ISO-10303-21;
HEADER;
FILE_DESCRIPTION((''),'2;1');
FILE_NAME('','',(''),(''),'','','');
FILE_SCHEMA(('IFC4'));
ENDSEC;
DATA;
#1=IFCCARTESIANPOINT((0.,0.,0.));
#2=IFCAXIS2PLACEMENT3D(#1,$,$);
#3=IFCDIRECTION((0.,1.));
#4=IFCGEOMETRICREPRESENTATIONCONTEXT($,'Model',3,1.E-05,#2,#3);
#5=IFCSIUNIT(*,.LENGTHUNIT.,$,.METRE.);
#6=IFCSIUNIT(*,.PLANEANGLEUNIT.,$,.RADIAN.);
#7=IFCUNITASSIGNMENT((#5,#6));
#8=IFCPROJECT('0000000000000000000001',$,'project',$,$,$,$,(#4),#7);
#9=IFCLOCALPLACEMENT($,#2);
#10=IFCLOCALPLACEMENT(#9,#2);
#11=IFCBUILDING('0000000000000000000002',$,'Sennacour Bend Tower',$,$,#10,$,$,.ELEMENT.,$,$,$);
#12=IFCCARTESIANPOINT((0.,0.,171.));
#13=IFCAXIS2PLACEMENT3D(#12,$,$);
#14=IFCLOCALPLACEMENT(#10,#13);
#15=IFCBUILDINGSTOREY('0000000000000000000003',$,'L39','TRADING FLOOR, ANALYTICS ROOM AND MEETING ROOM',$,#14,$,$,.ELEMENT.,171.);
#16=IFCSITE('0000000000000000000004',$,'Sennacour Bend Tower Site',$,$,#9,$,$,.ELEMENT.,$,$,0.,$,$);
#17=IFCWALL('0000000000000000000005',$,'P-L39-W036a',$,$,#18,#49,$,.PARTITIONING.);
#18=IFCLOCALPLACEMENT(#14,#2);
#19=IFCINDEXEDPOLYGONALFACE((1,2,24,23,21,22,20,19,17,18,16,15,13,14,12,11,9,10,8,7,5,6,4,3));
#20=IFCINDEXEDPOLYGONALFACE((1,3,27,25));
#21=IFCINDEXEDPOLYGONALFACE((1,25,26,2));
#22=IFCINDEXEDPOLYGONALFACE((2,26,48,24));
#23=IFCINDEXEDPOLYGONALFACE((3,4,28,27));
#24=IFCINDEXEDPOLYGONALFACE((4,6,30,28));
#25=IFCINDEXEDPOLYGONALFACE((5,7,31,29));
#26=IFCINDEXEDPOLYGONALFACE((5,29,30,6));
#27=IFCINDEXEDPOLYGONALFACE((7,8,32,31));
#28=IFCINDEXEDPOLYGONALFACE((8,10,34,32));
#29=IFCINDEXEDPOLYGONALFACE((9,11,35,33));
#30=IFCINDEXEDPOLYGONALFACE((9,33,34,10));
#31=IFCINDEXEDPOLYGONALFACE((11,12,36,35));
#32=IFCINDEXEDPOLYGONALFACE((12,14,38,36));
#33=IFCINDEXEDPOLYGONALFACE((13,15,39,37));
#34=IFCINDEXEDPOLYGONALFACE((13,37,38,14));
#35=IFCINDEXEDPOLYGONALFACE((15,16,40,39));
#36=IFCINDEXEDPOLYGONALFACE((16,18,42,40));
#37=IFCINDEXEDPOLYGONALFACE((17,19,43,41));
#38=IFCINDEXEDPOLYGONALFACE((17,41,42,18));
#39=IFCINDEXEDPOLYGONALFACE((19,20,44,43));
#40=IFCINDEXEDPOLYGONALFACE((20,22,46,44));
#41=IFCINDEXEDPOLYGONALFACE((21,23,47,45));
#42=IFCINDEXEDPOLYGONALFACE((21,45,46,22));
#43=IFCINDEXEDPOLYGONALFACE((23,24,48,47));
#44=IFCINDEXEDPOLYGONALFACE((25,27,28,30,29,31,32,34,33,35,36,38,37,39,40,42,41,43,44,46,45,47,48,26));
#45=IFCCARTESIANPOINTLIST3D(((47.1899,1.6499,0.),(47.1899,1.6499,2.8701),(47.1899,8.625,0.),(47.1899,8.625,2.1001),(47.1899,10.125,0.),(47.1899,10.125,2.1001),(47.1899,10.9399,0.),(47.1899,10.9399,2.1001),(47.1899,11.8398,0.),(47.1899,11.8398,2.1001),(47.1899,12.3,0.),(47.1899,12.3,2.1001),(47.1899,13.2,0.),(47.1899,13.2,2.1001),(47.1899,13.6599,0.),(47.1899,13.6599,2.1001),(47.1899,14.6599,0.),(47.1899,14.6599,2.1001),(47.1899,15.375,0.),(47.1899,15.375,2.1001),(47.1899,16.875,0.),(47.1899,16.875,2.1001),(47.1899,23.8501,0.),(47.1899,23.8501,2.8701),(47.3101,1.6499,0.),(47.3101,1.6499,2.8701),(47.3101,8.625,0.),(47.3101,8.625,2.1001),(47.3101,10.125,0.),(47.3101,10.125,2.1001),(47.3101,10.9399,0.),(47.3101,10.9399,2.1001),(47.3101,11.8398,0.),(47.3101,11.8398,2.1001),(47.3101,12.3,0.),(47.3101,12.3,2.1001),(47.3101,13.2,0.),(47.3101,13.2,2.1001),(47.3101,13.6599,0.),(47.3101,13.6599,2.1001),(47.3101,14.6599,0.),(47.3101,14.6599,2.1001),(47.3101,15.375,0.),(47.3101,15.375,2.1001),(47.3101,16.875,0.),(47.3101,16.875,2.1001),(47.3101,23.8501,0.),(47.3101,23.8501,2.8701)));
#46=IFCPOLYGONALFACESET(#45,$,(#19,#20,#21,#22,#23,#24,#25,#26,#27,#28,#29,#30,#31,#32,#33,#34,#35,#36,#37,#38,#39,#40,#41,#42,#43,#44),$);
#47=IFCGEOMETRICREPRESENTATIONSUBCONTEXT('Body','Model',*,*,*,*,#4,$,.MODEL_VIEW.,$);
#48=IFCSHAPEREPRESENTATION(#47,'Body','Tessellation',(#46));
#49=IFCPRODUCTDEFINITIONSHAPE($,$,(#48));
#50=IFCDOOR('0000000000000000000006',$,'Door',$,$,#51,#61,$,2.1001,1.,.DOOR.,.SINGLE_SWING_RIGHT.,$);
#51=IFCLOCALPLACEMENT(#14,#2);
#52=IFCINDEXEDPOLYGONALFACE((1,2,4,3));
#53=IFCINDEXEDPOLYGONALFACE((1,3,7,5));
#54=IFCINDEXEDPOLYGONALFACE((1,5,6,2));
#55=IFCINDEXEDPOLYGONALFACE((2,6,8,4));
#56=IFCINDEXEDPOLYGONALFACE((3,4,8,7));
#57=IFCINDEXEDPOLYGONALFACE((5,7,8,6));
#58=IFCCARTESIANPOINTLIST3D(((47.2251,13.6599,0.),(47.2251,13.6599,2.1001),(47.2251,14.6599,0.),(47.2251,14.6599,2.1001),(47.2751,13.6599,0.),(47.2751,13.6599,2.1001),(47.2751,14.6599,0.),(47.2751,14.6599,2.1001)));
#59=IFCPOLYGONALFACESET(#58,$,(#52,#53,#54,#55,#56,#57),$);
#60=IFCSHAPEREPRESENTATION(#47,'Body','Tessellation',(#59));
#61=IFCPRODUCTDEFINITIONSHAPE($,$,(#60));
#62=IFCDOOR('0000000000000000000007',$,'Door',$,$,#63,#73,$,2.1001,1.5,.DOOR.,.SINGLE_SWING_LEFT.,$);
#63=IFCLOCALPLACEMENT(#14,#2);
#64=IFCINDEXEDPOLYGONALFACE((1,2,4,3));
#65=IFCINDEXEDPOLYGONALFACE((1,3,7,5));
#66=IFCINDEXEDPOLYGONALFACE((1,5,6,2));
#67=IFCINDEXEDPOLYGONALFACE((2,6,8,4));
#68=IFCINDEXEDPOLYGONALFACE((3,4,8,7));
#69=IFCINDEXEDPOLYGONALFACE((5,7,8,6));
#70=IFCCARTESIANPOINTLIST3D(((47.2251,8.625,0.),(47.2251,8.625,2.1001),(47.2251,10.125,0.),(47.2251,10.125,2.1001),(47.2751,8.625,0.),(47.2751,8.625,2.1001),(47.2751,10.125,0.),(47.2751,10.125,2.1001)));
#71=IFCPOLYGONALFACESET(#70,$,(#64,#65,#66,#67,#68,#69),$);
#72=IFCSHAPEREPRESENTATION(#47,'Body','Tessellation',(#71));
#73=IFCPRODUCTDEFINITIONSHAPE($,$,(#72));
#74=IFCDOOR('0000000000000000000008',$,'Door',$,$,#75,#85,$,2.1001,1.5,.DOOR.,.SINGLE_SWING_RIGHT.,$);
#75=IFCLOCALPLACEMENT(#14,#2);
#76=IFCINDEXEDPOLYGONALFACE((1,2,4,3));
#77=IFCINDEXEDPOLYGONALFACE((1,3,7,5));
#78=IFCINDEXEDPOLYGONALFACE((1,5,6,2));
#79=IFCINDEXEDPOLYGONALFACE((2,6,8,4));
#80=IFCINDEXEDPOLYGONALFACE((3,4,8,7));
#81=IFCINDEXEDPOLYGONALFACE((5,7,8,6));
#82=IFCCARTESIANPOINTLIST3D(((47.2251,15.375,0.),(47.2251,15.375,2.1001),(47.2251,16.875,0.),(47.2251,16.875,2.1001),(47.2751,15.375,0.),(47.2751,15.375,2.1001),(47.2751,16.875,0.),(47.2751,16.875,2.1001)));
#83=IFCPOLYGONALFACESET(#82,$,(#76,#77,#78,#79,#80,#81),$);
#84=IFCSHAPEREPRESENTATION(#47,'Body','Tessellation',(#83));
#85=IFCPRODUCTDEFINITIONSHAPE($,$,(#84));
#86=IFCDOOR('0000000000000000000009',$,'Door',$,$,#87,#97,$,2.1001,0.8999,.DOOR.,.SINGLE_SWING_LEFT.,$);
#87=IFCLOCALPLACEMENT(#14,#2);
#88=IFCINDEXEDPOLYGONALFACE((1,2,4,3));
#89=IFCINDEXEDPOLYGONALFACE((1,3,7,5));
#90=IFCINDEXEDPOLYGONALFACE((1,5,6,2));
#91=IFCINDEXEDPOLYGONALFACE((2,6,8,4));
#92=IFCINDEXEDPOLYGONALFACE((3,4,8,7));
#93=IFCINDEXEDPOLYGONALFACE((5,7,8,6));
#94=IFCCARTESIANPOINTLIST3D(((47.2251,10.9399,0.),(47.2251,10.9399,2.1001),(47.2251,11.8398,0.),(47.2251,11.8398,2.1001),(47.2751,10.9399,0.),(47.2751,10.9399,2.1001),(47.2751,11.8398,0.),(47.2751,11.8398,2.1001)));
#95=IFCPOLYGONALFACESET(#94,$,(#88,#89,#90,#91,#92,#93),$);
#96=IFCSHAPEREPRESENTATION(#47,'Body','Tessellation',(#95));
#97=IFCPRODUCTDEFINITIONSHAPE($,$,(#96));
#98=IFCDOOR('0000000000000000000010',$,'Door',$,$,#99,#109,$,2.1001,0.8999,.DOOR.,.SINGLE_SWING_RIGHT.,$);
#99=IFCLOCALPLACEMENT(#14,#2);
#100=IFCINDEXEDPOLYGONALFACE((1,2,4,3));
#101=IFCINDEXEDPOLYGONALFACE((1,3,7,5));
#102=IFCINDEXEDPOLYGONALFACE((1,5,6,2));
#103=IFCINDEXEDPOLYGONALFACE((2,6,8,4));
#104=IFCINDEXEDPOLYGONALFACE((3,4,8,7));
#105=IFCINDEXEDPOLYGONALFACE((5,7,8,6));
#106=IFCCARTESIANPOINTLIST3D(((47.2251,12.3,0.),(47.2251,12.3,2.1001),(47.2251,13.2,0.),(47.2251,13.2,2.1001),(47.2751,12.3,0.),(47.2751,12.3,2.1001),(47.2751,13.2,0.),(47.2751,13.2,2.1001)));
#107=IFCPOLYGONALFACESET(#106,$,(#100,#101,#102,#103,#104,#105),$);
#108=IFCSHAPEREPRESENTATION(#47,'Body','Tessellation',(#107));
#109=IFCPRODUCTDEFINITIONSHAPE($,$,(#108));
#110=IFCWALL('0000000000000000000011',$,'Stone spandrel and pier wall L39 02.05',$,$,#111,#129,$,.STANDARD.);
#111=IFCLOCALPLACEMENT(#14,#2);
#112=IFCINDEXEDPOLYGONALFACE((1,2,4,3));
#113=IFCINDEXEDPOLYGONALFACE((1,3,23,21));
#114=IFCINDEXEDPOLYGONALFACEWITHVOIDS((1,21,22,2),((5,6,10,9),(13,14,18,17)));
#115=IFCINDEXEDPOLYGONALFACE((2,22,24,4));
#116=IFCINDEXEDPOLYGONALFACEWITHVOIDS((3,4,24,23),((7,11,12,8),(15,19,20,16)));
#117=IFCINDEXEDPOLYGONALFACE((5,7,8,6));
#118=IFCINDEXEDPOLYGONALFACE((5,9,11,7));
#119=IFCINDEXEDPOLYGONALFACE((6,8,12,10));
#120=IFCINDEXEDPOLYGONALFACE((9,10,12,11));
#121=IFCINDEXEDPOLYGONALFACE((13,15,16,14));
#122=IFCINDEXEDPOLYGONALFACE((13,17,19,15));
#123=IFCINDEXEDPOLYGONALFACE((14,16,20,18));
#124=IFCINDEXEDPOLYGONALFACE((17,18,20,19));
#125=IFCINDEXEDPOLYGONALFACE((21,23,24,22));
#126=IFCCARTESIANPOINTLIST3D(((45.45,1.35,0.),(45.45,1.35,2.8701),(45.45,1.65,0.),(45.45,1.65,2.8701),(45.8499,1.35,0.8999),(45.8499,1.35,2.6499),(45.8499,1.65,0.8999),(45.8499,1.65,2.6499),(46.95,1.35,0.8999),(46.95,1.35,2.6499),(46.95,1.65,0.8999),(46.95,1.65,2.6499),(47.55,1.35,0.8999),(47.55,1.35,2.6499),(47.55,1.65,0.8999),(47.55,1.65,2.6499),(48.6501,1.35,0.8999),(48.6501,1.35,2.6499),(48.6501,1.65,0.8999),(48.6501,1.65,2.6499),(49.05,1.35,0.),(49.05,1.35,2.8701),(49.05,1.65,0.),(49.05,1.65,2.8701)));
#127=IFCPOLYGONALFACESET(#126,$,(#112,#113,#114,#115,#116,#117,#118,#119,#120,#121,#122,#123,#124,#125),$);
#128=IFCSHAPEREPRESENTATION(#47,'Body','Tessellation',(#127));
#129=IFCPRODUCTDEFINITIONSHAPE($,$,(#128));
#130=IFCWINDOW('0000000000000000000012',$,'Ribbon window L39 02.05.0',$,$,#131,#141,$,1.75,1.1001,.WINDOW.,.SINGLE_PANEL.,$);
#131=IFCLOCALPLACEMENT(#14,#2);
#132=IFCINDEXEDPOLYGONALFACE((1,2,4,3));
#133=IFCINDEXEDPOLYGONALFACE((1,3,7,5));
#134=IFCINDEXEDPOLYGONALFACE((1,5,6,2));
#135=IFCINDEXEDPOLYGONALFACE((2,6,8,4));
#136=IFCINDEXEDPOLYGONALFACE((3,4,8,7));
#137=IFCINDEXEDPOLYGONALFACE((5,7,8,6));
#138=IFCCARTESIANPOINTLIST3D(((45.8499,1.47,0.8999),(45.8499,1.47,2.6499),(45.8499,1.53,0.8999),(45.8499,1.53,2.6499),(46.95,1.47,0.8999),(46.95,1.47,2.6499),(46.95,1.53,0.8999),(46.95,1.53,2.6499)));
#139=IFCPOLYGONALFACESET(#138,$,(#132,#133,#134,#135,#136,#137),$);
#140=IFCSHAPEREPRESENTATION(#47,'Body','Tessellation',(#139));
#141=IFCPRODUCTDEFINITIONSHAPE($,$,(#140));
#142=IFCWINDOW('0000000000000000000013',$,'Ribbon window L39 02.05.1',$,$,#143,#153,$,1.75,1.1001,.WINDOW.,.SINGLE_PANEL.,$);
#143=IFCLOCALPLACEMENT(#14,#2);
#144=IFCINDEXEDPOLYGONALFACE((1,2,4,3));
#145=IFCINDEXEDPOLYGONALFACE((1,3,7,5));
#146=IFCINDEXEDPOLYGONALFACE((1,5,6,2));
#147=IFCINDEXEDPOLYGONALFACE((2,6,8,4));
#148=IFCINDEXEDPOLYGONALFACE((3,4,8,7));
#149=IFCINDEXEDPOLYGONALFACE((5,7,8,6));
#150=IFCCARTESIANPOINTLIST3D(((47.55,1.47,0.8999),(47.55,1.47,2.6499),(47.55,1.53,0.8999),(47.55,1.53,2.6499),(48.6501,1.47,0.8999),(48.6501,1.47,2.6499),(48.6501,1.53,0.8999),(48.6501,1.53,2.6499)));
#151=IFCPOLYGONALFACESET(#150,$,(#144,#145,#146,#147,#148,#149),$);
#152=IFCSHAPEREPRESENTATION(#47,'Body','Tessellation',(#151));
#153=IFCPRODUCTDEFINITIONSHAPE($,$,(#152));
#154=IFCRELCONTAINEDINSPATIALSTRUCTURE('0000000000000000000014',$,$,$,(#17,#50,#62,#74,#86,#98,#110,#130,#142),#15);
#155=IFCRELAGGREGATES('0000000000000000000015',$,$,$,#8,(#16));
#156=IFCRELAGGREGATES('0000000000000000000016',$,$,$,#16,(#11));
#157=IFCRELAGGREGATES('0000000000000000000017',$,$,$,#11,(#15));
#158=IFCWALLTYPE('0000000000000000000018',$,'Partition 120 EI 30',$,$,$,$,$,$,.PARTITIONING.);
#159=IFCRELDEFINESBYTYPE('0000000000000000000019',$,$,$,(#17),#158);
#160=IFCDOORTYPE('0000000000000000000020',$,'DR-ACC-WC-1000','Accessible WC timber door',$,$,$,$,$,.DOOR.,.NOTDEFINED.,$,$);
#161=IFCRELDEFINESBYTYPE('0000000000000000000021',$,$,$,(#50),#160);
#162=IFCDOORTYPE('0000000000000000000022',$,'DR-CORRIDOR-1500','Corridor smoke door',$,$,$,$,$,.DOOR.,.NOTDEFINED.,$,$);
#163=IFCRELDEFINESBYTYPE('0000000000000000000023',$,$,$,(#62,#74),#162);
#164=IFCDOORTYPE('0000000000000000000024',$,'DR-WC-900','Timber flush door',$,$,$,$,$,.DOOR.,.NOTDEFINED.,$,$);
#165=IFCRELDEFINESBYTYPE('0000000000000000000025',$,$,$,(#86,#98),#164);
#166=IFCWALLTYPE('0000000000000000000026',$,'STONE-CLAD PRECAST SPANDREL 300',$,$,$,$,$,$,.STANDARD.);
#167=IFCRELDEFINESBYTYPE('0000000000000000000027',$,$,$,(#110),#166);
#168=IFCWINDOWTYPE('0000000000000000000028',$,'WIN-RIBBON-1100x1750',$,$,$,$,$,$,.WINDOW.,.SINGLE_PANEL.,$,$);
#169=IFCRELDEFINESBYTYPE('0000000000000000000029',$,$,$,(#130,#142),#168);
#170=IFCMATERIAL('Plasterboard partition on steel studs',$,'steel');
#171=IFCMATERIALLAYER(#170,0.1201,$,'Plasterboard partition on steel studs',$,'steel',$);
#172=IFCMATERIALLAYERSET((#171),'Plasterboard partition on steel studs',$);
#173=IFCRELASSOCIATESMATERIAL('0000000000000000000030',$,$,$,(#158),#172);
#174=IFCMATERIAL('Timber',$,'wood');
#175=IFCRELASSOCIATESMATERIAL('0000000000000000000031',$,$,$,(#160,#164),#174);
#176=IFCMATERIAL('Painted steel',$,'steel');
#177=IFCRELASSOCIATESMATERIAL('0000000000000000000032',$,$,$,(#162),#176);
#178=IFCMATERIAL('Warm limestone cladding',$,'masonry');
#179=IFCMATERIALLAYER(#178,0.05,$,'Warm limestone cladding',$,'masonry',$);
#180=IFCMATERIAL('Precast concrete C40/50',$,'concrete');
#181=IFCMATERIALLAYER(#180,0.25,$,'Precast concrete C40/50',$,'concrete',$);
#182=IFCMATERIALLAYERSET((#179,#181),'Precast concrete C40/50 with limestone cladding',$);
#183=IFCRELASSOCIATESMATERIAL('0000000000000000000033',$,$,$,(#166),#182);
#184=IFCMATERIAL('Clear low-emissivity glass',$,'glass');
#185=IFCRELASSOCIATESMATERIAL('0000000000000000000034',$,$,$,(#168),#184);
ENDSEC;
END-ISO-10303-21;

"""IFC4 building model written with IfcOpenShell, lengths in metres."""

from ifc_helpers import new_model, si_unit, direction, frame, frame_2d, origin, place, context, subcontext, project, spatial, rectangle, extrude, material, layer, layer_set, type_object, element, fill, save


model = new_model("IFC4")

# Units and contexts
model_context = context("Model", 3, precision=1e-05, world=origin(), true_north=direction((0.0, 1.0)))
body_context = subcontext(model_context, "Body", "Model", "MODEL_VIEW")
ifc_project = project(units=[si_unit("LENGTHUNIT", "METRE"), si_unit("PLANEANGLEUNIT", "RADIAN")], contexts=[model_context])

# Site, building, storey
site_placement = place(None, origin())
site = spatial("IfcSite", under=ifc_project, at=site_placement, Name="Sennacour Bend Tower Site", CompositionType="ELEMENT", RefElevation=0.0)
building_placement = place(site_placement, origin())
building = spatial("IfcBuilding", under=site, at=building_placement, Name="Sennacour Bend Tower", CompositionType="ELEMENT")
storey_placement = place(building_placement, frame((0.0, 0.0, 171.0)))
storey = spatial("IfcBuildingStorey", under=building, at=storey_placement, Name="L39", Description="TRADING FLOOR, ANALYTICS ROOM AND MEETING ROOM", CompositionType="ELEMENT", Elevation=171.0)

# Shared definitions
ifc_material_1 = material(Name="Plasterboard partition on steel studs", Category="steel")

# Wall, openings, doors
ifc_layer_1 = layer(ifc_material_1, 0.1201, Name="Plasterboard partition on steel studs", Category="steel")
ifc_layer_set_1 = layer_set([ifc_layer_1], Name="Plasterboard partition on steel studs")
wall_type_1 = type_object("IfcWallType", Name="Partition 120 EI 30", PredefinedType="PARTITIONING", material=ifc_layer_set_1)
wall_1_placement = place(storey_placement, frame((47.25, 1.6499, 0.0), z_axis=(0.0, 0.0, 1.0), x_axis=(0.0, 1.0, 0.0)))
wall_1 = element("IfcWall", 1, at=wall_1_placement, inside=storey, type_object=wall_type_1, Name="P-L39-W036a", PredefinedType="PARTITIONING", context=body_context, shape_type="SweptSolid", body=[
    extrude(rectangle(XDim=22.2002, YDim=0.1201, at=frame_2d((11.1001, 0.0))), origin(), (0.0, 0.0, 1.0), 2.8701),
])
opening_1_placement = place(wall_1_placement, frame((6.9751, 0.0, 0.0)))
opening_1 = element("IfcOpeningElement", 2, at=opening_1_placement, cuts=wall_1, PredefinedType="OPENING", context=body_context, shape_type="SweptSolid", body=[
    extrude(rectangle(XDim=1.5, YDim=2.1001, at=frame_2d((0.75, 1.05))), frame((0.0, 0.0701, 0.0), z_axis=(0.0, -1.0, 0.0), x_axis=(1.0, 0.0, 0.0)), (0.0, 0.0, 1.0), 0.1401),
])
opening_2_placement = place(wall_1_placement, frame((13.7251, 0.0, 0.0)))
opening_2 = element("IfcOpeningElement", 3, at=opening_2_placement, cuts=wall_1, PredefinedType="OPENING", context=body_context, shape_type="SweptSolid", body=[
    extrude(rectangle(XDim=1.5, YDim=2.1001, at=frame_2d((0.75, 1.05))), frame((0.0, 0.0701, 0.0), z_axis=(0.0, -1.0, 0.0), x_axis=(1.0, 0.0, 0.0)), (0.0, 0.0, 1.0), 0.1401),
])
opening_3_placement = place(wall_1_placement, frame((9.29, 0.0, 0.0)))
opening_3 = element("IfcOpeningElement", 4, at=opening_3_placement, cuts=wall_1, PredefinedType="OPENING", context=body_context, shape_type="SweptSolid", body=[
    extrude(rectangle(XDim=0.8999, YDim=2.1001, at=frame_2d((0.45, 1.05))), frame((0.0, 0.0701, 0.0), z_axis=(0.0, -1.0, 0.0), x_axis=(1.0, 0.0, 0.0)), (0.0, 0.0, 1.0), 0.1401),
])
opening_4_placement = place(wall_1_placement, frame((10.6501, 0.0, 0.0)))
opening_4 = element("IfcOpeningElement", 5, at=opening_4_placement, cuts=wall_1, PredefinedType="OPENING", context=body_context, shape_type="SweptSolid", body=[
    extrude(rectangle(XDim=0.8999, YDim=2.1001, at=frame_2d((0.45, 1.05))), frame((0.0, 0.0701, 0.0), z_axis=(0.0, -1.0, 0.0), x_axis=(1.0, 0.0, 0.0)), (0.0, 0.0, 1.0), 0.1401),
])
opening_5_placement = place(wall_1_placement, frame((12.01, 0.0, 0.0)))
opening_5 = element("IfcOpeningElement", 6, at=opening_5_placement, cuts=wall_1, PredefinedType="OPENING", context=body_context, shape_type="SweptSolid", body=[
    extrude(rectangle(XDim=1.0, YDim=2.1001, at=frame_2d((0.5, 1.05))), frame((0.0, 0.0701, 0.0), z_axis=(0.0, -1.0, 0.0), x_axis=(1.0, 0.0, 0.0)), (0.0, 0.0, 1.0), 0.1401),
])
ifc_material_2 = material(Name="Timber", Category="wood")
door_type_1 = type_object("IfcDoorType", Name="DR-ACC-WC-1000", Description="Accessible WC timber door", OperationType="NOTDEFINED", PredefinedType="DOOR", material=ifc_material_2)
door_1_placement = place(opening_5_placement, origin())
door_1 = element("IfcDoor", 7, at=door_1_placement, inside=storey, type_object=door_type_1, Name="Door", OperationType="SINGLE_SWING_RIGHT", OverallHeight=2.1001, OverallWidth=1.0, PredefinedType="DOOR", context=body_context, shape_type="SweptSolid", body=[
    extrude(rectangle(XDim=1.0, YDim=2.1001, at=frame_2d((0.5, 1.05))), frame((0.0, 0.0249, 0.0), z_axis=(0.0, -1.0, 0.0), x_axis=(1.0, 0.0, 0.0)), (0.0, 0.0, 1.0), 0.05),
])
fill(opening_5, door_1)
ifc_material_3 = material(Name="Painted steel", Category="steel")
door_type_2 = type_object("IfcDoorType", Name="DR-CORRIDOR-1500", Description="Corridor smoke door", OperationType="NOTDEFINED", PredefinedType="DOOR", material=ifc_material_3)
door_2_placement = place(opening_1_placement, origin())
door_2 = element("IfcDoor", 8, at=door_2_placement, inside=storey, type_object=door_type_2, Name="Door", OperationType="SINGLE_SWING_LEFT", OverallHeight=2.1001, OverallWidth=1.5, PredefinedType="DOOR", context=body_context, shape_type="SweptSolid", body=[
    extrude(rectangle(XDim=1.5, YDim=2.1001, at=frame_2d((0.75, 1.05))), frame((0.0, 0.0249, 0.0), z_axis=(0.0, -1.0, 0.0), x_axis=(1.0, 0.0, 0.0)), (0.0, 0.0, 1.0), 0.05),
])
fill(opening_1, door_2)
door_3_placement = place(opening_2_placement, origin())
door_3 = element("IfcDoor", 9, at=door_3_placement, inside=storey, type_object=door_type_2, Name="Door", OperationType="SINGLE_SWING_RIGHT", OverallHeight=2.1001, OverallWidth=1.5, PredefinedType="DOOR", context=body_context, shape_type="SweptSolid", body=[
    extrude(rectangle(XDim=1.5, YDim=2.1001, at=frame_2d((0.75, 1.05))), frame((0.0, 0.0249, 0.0), z_axis=(0.0, -1.0, 0.0), x_axis=(1.0, 0.0, 0.0)), (0.0, 0.0, 1.0), 0.05),
])
fill(opening_2, door_3)
door_type_3 = type_object("IfcDoorType", Name="DR-WC-900", Description="Timber flush door", OperationType="NOTDEFINED", PredefinedType="DOOR", material=ifc_material_2)
door_4_placement = place(opening_3_placement, origin())
door_4 = element("IfcDoor", 10, at=door_4_placement, inside=storey, type_object=door_type_3, Name="Door", OperationType="SINGLE_SWING_LEFT", OverallHeight=2.1001, OverallWidth=0.8999, PredefinedType="DOOR", context=body_context, shape_type="SweptSolid", body=[
    extrude(rectangle(XDim=0.8999, YDim=2.1001, at=frame_2d((0.45, 1.05))), frame((0.0, 0.0249, 0.0), z_axis=(0.0, -1.0, 0.0), x_axis=(1.0, 0.0, 0.0)), (0.0, 0.0, 1.0), 0.05),
])
fill(opening_3, door_4)
door_5_placement = place(opening_4_placement, origin())
door_5 = element("IfcDoor", 11, at=door_5_placement, inside=storey, type_object=door_type_3, Name="Door", OperationType="SINGLE_SWING_RIGHT", OverallHeight=2.1001, OverallWidth=0.8999, PredefinedType="DOOR", context=body_context, shape_type="SweptSolid", body=[
    extrude(rectangle(XDim=0.8999, YDim=2.1001, at=frame_2d((0.45, 1.05))), frame((0.0, 0.0249, 0.0), z_axis=(0.0, -1.0, 0.0), x_axis=(1.0, 0.0, 0.0)), (0.0, 0.0, 1.0), 0.05),
])
fill(opening_4, door_5)

# Wall, openings, windows
ifc_material_4 = material(Name="Warm limestone cladding", Category="masonry")
ifc_layer_2 = layer(ifc_material_4, 0.05, Name="Warm limestone cladding", Category="masonry")
ifc_material_5 = material(Name="Precast concrete C40/50", Category="concrete")
ifc_layer_3 = layer(ifc_material_5, 0.25, Name="Precast concrete C40/50", Category="concrete")
ifc_layer_set_2 = layer_set([ifc_layer_2, ifc_layer_3], Name="Precast concrete C40/50 with limestone cladding")
wall_type_2 = type_object("IfcWallType", Name="STONE-CLAD PRECAST SPANDREL 300", PredefinedType="STANDARD", material=ifc_layer_set_2)
wall_2_placement = place(storey_placement, frame((45.45, 1.5, 0.0), z_axis=(0.0, 0.0, 1.0), x_axis=(1.0, 0.0, 0.0)))
wall_2 = element("IfcWall", 12, at=wall_2_placement, inside=storey, type_object=wall_type_2, Name="Stone spandrel and pier wall L39 02.05", PredefinedType="STANDARD", context=body_context, shape_type="SweptSolid", body=[
    extrude(rectangle(XDim=3.6001, YDim=0.3, at=frame_2d((1.8, 0.0))), origin(), (0.0, 0.0, 1.0), 2.8701),
])
opening_6_placement = place(wall_2_placement, frame((0.3999, 0.0, 0.8999)))
opening_6 = element("IfcOpeningElement", 13, at=opening_6_placement, cuts=wall_2, PredefinedType="OPENING", context=body_context, shape_type="SweptSolid", body=[
    extrude(rectangle(XDim=1.1001, YDim=1.75, at=frame_2d((0.55, 0.875))), frame((0.0, 0.1602, 0.0), z_axis=(0.0, -1.0, 0.0), x_axis=(1.0, 0.0, 0.0)), (0.0, 0.0, 1.0), 0.3201),
])
opening_7_placement = place(wall_2_placement, frame((2.1001, 0.0, 0.8999)))
opening_7 = element("IfcOpeningElement", 14, at=opening_7_placement, cuts=wall_2, PredefinedType="OPENING", context=body_context, shape_type="SweptSolid", body=[
    extrude(rectangle(XDim=1.1001, YDim=1.75, at=frame_2d((0.55, 0.875))), frame((0.0, 0.1602, 0.0), z_axis=(0.0, -1.0, 0.0), x_axis=(1.0, 0.0, 0.0)), (0.0, 0.0, 1.0), 0.3201),
])
ifc_material_6 = material(Name="Clear low-emissivity glass", Category="glass")
window_type = type_object("IfcWindowType", Name="WIN-RIBBON-1100x1750", PartitioningType="SINGLE_PANEL", PredefinedType="WINDOW", material=ifc_material_6)
window_1_placement = place(opening_6_placement, origin())
window_1 = element("IfcWindow", 15, at=window_1_placement, inside=storey, type_object=window_type, Name="Ribbon window L39 02.05.0", OverallHeight=1.75, OverallWidth=1.1001, PartitioningType="SINGLE_PANEL", PredefinedType="WINDOW", context=body_context, shape_type="SweptSolid", body=[
    extrude(rectangle(XDim=1.1001, YDim=1.75, at=frame_2d((0.55, 0.875))), frame((0.0, 0.03, 0.0), z_axis=(0.0, -1.0, 0.0), x_axis=(1.0, 0.0, 0.0)), (0.0, 0.0, 1.0), 0.0601),
])
fill(opening_6, window_1)
window_2_placement = place(opening_7_placement, origin())
window_2 = element("IfcWindow", 16, at=window_2_placement, inside=storey, type_object=window_type, Name="Ribbon window L39 02.05.1", OverallHeight=1.75, OverallWidth=1.1001, PartitioningType="SINGLE_PANEL", PredefinedType="WINDOW", context=body_context, shape_type="SweptSolid", body=[
    extrude(rectangle(XDim=1.1001, YDim=1.75, at=frame_2d((0.55, 0.875))), frame((0.0, 0.03, 0.0), z_axis=(0.0, -1.0, 0.0), x_axis=(1.0, 0.0, 0.0)), (0.0, 0.0, 1.0), 0.0601),
])
fill(opening_7, window_2)

save(model, "model.ifc")
